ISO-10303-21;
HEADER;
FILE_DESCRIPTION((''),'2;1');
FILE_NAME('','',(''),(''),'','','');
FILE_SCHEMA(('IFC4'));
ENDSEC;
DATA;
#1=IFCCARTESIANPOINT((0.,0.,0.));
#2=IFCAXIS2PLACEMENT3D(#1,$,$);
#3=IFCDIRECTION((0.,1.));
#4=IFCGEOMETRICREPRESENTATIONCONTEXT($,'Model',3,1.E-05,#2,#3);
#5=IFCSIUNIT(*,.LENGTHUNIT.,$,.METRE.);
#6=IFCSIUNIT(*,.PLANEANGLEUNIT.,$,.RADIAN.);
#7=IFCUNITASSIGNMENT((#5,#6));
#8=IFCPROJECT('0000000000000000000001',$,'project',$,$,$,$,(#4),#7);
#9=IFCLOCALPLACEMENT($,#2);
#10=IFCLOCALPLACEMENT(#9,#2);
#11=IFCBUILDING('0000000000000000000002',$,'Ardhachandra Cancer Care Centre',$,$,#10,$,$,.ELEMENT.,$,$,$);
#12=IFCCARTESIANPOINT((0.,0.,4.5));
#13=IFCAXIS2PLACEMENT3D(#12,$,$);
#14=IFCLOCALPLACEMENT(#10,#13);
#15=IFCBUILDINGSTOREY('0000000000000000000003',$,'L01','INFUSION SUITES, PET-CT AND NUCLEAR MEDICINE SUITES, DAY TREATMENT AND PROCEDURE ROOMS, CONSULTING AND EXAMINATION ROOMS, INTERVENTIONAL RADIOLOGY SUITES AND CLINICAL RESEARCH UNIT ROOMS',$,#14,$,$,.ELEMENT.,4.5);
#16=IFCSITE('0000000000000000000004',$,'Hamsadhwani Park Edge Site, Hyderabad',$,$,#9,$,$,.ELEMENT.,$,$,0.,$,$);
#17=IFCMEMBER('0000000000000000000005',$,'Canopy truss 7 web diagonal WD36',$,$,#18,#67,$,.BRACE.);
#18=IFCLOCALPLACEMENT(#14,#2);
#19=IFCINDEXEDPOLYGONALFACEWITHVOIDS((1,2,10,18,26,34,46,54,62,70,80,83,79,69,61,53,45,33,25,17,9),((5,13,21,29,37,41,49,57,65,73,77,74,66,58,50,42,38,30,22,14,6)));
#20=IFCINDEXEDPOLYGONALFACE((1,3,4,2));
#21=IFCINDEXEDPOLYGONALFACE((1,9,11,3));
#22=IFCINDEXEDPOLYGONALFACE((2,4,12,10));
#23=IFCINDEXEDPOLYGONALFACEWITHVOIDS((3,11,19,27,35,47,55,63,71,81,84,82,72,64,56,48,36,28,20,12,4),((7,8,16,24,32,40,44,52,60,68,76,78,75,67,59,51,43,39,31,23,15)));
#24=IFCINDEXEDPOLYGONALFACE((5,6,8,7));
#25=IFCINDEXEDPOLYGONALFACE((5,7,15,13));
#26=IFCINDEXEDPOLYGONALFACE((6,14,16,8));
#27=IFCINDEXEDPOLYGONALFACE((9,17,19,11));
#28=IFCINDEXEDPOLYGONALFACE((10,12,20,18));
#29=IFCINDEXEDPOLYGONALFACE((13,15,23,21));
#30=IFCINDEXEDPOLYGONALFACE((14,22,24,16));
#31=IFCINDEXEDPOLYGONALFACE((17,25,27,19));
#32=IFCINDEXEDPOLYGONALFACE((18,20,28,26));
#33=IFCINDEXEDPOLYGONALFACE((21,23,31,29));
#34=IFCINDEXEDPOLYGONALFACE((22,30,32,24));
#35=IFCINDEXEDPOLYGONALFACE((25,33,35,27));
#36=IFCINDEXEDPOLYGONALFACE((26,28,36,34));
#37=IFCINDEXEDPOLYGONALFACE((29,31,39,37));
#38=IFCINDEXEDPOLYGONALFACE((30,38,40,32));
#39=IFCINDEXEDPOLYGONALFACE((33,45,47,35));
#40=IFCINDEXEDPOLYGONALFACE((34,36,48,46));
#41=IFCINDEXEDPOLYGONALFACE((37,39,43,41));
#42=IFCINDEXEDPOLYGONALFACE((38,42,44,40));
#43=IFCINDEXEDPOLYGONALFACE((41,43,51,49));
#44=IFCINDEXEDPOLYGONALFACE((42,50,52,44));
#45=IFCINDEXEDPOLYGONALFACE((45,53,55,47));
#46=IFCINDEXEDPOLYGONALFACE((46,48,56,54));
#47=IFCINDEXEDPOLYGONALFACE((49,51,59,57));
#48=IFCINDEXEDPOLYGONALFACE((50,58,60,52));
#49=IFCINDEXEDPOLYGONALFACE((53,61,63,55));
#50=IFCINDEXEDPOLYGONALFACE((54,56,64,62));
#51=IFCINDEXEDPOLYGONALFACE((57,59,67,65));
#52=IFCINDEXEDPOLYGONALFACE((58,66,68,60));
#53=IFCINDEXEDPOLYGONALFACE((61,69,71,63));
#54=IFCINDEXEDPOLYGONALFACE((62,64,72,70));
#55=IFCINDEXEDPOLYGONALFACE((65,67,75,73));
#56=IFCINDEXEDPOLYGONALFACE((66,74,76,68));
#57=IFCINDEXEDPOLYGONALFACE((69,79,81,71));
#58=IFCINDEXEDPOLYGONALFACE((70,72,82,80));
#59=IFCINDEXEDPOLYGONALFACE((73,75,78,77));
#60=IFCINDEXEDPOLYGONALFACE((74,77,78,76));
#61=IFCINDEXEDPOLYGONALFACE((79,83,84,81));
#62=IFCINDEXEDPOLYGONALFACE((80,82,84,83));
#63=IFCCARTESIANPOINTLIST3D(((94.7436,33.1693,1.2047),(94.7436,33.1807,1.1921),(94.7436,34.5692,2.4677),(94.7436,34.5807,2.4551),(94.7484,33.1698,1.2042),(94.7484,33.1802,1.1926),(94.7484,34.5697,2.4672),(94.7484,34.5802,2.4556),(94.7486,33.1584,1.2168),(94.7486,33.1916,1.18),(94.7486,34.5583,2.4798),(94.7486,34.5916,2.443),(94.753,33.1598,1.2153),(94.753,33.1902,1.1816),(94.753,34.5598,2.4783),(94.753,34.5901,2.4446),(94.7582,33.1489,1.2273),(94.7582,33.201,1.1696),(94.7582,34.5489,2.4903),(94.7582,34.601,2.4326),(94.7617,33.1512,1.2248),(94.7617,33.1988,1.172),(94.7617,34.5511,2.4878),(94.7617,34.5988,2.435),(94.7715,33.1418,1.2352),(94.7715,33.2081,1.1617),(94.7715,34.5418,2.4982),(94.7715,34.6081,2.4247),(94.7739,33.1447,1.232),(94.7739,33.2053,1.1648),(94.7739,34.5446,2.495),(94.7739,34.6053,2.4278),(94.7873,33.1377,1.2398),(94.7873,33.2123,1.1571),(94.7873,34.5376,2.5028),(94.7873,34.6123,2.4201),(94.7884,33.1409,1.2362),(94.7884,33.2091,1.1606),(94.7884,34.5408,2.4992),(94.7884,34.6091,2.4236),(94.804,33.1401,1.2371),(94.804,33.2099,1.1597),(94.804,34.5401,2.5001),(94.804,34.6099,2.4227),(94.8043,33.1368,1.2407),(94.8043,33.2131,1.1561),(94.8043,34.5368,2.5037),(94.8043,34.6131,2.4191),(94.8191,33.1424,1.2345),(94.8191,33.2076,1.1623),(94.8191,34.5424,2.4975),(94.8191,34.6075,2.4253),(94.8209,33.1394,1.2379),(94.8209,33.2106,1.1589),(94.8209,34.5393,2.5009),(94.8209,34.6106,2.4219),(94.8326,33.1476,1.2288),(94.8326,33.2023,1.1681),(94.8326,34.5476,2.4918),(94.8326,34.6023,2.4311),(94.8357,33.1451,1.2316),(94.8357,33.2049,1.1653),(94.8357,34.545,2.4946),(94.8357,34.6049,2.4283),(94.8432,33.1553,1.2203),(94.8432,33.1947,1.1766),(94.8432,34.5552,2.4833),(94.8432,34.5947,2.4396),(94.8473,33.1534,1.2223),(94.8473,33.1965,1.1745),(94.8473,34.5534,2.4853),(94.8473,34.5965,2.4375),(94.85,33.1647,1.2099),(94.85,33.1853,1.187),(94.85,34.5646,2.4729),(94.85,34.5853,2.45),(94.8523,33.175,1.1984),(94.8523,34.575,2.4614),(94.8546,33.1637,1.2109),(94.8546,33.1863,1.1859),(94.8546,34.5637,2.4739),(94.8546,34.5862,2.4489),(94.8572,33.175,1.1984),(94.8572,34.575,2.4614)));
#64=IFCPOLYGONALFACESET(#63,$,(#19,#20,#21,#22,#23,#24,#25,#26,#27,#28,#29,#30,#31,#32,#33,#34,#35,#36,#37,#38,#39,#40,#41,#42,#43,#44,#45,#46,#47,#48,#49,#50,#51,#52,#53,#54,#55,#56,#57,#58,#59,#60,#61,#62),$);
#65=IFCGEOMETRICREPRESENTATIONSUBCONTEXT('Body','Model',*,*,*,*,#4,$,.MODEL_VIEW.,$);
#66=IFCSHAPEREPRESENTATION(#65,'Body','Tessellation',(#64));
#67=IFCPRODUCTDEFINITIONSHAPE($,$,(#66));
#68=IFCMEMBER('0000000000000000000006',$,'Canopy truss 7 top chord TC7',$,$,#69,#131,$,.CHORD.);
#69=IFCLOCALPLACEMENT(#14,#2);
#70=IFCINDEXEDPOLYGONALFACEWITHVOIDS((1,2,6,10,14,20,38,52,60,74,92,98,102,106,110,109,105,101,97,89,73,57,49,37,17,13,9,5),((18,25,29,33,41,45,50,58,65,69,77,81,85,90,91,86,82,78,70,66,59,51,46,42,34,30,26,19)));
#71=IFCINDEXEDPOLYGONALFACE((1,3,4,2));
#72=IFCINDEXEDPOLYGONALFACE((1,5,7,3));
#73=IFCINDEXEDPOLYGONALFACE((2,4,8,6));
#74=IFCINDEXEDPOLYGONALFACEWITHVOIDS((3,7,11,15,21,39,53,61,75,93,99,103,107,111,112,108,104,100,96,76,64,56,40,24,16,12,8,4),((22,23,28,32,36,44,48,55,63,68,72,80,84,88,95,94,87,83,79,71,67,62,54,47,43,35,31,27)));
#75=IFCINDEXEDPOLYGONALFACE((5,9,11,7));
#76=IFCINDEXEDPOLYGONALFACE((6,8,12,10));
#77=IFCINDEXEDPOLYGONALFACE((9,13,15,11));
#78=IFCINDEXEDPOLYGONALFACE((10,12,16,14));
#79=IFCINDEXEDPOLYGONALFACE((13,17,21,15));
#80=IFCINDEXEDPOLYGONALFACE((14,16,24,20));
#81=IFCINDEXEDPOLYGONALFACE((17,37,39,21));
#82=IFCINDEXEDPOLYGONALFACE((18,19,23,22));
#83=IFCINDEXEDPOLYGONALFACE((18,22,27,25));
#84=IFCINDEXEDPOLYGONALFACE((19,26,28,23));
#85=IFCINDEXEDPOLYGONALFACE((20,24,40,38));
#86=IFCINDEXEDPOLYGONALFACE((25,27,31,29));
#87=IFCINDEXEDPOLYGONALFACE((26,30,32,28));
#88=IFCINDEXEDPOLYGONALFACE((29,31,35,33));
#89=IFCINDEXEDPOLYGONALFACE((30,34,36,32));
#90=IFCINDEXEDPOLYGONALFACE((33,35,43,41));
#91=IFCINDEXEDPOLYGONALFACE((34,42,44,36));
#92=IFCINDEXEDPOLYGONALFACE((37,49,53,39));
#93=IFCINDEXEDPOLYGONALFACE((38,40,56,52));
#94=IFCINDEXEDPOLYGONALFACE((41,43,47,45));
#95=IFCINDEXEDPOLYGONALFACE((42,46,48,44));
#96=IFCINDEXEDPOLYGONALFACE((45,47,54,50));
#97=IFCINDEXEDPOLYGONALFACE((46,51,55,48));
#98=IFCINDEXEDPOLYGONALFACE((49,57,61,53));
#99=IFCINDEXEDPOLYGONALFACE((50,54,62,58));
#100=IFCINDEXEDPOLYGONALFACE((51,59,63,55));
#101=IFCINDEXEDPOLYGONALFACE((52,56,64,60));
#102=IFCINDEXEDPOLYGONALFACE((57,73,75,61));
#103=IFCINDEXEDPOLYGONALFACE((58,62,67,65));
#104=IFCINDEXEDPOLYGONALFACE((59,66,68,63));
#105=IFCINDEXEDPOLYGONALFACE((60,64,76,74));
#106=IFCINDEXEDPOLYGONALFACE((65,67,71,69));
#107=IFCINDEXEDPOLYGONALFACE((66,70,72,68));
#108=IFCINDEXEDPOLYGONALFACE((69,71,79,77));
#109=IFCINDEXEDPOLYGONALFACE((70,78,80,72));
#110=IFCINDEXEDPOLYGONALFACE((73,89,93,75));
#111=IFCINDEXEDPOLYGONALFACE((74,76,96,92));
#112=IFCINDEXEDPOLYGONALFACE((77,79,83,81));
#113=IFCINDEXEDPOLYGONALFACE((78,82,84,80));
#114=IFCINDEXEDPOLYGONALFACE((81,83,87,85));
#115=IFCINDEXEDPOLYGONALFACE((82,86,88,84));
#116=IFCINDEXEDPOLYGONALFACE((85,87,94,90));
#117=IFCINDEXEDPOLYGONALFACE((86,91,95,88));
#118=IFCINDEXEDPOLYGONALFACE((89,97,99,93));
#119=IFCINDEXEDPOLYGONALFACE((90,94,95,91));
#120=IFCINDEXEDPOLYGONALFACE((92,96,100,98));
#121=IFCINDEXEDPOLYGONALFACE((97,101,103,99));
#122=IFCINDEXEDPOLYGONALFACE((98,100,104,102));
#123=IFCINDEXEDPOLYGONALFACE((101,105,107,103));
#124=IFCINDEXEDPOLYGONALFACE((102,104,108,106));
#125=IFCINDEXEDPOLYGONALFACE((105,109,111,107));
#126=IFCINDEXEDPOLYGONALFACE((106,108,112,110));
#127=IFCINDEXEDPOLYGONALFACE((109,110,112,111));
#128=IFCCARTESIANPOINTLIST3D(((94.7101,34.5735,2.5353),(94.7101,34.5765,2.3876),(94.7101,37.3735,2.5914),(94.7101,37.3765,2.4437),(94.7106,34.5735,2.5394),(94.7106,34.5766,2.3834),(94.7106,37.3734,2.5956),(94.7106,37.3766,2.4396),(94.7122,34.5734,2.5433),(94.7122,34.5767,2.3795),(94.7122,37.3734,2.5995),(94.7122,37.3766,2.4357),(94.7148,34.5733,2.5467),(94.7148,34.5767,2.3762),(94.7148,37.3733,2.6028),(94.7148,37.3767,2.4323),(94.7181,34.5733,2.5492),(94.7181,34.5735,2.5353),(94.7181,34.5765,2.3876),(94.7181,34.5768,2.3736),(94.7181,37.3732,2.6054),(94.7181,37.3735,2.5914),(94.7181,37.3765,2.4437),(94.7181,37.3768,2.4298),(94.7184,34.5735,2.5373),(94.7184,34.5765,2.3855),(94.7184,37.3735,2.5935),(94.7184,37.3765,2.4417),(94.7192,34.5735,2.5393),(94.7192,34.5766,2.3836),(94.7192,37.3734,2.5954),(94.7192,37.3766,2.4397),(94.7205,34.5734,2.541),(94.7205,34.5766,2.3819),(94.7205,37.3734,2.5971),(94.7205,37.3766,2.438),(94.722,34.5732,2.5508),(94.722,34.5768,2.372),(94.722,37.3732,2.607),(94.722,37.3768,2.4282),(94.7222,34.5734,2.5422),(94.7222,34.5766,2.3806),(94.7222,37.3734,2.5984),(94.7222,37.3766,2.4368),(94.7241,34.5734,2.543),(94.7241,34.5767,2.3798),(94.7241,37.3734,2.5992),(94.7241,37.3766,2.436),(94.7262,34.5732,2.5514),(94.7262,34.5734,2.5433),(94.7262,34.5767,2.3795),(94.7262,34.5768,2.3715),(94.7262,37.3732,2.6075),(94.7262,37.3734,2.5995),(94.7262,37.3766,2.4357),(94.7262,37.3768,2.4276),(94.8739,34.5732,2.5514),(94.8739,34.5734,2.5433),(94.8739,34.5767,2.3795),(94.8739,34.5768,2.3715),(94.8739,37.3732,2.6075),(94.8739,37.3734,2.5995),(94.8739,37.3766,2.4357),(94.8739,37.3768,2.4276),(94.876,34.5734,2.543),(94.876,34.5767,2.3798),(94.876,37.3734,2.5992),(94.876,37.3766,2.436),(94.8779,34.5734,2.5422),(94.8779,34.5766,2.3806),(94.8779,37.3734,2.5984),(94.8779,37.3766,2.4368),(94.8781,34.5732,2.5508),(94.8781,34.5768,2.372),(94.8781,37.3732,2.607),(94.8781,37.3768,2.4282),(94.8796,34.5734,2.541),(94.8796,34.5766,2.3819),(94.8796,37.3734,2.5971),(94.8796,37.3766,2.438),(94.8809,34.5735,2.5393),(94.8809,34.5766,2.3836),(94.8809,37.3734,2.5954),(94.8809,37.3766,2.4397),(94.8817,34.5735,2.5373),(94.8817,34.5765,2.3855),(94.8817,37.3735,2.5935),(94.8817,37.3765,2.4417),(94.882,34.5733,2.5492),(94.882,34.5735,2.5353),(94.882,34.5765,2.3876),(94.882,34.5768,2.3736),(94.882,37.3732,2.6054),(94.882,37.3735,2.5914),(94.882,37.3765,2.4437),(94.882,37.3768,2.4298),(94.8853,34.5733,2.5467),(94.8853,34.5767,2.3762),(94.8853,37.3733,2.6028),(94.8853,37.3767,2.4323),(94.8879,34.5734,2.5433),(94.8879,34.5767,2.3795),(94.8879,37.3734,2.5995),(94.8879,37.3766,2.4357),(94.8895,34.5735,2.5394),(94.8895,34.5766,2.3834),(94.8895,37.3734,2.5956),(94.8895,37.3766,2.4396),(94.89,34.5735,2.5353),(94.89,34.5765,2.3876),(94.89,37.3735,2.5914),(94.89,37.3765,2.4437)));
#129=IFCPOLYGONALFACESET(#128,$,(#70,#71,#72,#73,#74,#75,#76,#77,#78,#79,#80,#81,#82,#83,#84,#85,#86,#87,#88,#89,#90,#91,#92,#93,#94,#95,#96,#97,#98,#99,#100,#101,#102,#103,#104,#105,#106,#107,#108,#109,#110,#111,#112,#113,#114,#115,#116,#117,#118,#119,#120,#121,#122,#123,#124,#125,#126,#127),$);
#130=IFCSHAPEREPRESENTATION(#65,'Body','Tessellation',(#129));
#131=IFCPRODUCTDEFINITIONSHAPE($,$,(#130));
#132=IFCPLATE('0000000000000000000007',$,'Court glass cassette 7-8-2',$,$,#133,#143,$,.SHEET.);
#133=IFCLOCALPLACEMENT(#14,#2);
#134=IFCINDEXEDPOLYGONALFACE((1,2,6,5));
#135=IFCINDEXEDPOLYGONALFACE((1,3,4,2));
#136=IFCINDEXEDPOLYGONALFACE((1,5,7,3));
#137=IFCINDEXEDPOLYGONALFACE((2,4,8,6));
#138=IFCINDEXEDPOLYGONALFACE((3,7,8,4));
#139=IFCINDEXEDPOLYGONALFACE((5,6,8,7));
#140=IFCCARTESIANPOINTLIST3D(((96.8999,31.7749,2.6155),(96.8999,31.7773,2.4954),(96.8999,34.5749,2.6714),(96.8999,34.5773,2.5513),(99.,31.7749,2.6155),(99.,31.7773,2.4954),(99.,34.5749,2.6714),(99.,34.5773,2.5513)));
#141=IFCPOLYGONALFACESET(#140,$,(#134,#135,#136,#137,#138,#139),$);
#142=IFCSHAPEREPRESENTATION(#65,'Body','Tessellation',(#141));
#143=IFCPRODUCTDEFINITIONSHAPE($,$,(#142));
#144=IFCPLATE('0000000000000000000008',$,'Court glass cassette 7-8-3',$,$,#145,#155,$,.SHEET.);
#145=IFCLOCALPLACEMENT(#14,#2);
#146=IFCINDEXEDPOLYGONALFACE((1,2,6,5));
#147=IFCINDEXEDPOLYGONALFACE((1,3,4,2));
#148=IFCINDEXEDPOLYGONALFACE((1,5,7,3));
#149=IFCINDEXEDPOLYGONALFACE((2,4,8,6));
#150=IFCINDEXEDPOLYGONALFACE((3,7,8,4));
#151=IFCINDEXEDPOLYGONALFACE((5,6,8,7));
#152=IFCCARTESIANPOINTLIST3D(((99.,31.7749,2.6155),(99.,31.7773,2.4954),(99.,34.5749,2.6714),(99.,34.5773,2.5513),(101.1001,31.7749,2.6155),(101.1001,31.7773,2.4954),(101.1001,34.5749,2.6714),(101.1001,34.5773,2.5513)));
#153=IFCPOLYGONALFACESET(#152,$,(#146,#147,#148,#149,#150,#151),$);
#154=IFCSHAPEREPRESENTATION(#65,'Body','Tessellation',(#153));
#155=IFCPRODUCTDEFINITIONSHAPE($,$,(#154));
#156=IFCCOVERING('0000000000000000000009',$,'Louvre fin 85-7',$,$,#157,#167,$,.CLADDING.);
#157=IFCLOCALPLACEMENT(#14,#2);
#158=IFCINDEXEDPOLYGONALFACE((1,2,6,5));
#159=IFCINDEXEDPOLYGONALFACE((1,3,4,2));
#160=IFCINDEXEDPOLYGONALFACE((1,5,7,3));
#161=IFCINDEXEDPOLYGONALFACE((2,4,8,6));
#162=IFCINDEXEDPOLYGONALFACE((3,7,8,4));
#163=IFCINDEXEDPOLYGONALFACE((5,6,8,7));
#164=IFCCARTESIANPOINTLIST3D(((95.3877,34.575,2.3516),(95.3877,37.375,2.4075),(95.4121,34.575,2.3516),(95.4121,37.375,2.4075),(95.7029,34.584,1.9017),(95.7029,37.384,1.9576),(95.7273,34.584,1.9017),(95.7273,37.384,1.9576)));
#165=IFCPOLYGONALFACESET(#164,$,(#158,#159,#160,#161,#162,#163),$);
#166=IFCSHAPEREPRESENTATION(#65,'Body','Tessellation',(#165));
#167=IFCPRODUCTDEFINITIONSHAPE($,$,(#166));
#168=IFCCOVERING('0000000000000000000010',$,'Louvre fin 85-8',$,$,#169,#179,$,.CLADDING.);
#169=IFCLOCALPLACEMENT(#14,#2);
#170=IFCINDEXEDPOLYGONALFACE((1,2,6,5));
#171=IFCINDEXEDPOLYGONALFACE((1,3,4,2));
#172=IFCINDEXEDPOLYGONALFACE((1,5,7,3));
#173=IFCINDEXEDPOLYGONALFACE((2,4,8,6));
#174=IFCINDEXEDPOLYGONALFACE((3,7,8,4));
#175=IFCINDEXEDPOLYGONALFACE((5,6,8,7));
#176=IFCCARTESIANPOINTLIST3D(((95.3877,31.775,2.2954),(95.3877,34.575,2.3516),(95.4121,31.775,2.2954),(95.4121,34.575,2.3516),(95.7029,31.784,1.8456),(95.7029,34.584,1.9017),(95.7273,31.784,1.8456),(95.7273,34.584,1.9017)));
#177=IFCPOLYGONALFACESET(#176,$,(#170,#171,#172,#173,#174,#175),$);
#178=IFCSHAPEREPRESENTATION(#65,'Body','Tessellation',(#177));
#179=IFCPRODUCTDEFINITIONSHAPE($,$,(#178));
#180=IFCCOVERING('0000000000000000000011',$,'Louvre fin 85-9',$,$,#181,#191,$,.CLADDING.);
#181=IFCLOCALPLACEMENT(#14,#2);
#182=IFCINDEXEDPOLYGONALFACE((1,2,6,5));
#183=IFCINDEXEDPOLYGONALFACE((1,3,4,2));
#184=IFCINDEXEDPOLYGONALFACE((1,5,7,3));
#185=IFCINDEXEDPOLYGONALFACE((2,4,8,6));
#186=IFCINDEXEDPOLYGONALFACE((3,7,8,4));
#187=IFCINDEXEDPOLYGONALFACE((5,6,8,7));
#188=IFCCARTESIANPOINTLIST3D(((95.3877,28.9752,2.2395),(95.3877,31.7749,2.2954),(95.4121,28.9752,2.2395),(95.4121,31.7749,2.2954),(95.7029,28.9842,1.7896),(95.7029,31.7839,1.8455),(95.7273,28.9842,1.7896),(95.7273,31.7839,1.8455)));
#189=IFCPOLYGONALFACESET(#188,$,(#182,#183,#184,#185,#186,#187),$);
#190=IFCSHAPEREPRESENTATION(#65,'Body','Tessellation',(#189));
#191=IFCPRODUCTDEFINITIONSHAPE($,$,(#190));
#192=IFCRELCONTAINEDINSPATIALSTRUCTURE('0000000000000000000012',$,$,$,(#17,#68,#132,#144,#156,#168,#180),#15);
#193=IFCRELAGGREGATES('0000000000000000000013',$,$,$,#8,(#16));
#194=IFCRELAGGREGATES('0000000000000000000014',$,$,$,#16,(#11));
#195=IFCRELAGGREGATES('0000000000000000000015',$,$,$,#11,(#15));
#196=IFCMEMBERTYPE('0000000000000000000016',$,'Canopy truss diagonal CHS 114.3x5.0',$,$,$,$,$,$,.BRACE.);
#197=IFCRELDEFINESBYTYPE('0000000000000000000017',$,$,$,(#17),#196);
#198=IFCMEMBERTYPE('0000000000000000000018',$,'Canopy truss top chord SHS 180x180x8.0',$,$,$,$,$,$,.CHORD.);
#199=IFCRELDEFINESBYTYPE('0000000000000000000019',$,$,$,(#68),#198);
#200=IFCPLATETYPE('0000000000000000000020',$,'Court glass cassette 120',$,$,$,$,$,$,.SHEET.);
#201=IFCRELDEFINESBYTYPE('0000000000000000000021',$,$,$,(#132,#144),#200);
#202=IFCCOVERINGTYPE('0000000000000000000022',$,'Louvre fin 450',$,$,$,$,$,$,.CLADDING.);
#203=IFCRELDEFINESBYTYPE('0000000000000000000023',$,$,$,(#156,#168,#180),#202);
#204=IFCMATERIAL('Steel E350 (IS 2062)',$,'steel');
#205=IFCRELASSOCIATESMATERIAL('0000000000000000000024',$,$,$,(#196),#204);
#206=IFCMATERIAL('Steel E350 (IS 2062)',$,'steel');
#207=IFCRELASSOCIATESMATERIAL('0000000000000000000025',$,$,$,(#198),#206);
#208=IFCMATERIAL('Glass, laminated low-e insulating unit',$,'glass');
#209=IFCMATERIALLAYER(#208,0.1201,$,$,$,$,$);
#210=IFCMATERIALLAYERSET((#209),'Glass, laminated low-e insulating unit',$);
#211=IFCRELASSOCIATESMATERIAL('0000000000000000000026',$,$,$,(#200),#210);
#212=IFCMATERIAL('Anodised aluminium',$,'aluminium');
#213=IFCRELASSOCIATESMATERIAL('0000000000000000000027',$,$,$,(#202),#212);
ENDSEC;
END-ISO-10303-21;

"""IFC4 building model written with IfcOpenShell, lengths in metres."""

from ifc_helpers import new_model, si_unit, direction, frame, origin, origin_2d, place, context, subcontext, project, spatial, polyline, hollow_rectangle, hollow_circle, outline, extrude, material, layer, layer_set, material_profile, profile_set, type_object, element, save


model = new_model("IFC4")

# Units and contexts
model_context = context("Model", 3, precision=1e-05, world=origin(), true_north=direction((0.0, 1.0)))
body_context = subcontext(model_context, "Body", "Model", "MODEL_VIEW")
ifc_project = project(units=[si_unit("LENGTHUNIT", "METRE"), si_unit("PLANEANGLEUNIT", "RADIAN")], contexts=[model_context])

# Site, building, storey
site_placement = place(None, origin())
site = spatial("IfcSite", under=ifc_project, at=site_placement, Name="Hamsadhwani Park Edge Site, Hyderabad", CompositionType="ELEMENT", RefElevation=0.0)
building_placement = place(site_placement, origin())
building = spatial("IfcBuilding", under=site, at=building_placement, Name="Ardhachandra Cancer Care Centre", CompositionType="ELEMENT")
storey_placement = place(building_placement, frame((0.0, 0.0, 4.5)))
storey = spatial("IfcBuildingStorey", under=building, at=storey_placement, Name="L01", Description="INFUSION SUITES, PET-CT AND NUCLEAR MEDICINE SUITES, DAY TREATMENT AND PROCEDURE ROOMS, CONSULTING AND EXAMINATION ROOMS, INTERVENTIONAL RADIOLOGY SUITES AND CLINICAL RESEARCH UNIT ROOMS", CompositionType="ELEMENT", Elevation=4.5)

# Members
ifc_material_1 = material(Name="Steel E350 (IS 2062)", Category="steel")
ifc_material_profile_1 = material_profile(ifc_material_1, hollow_circle(Radius=0.0571, WallThickness=0.0049, at=origin_2d()), Name="CHS 114.3x5.0")
ifc_profile_set_1 = profile_set([ifc_material_profile_1], Name="Steel E350 (IS 2062)")
member_type_1 = type_object("IfcMemberType", Name="Canopy truss diagonal CHS 114.3x5.0", PredefinedType="BRACE", material=ifc_profile_set_1)
member_1_placement = place(storey_placement, frame((94.8, 34.575, 2.4614), z_axis=(0.0, -0.742495, -0.669851), x_axis=(1.0, 0.0, 0.0)))
element("IfcMember", 1, at=member_1_placement, inside=storey, type_object=member_type_1, Name="Canopy truss 7 web diagonal WD36", PredefinedType="BRACE", context=body_context, shape_type="SweptSolid", body=[
    extrude(hollow_circle(Radius=0.0571, WallThickness=0.0049, at=origin_2d()), origin(), (0.0, 0.0, 1.0), 1.8855),
])
ifc_material_2 = material(Name="Steel E350 (IS 2062)", Category="steel")
ifc_material_profile_2 = material_profile(ifc_material_2, hollow_rectangle(XDim=0.1799, YDim=0.1799, WallThickness=0.0081, InnerFilletRadius=0.0081, OuterFilletRadius=0.0161, at=origin_2d()), Name="SHS 180x180x8.0")
ifc_profile_set_2 = profile_set([ifc_material_profile_2], Name="Steel E350 (IS 2062)")
member_type_2 = type_object("IfcMemberType", Name="Canopy truss top chord SHS 180x180x8.0", PredefinedType="CHORD", material=ifc_profile_set_2)
member_2_placement = place(storey_placement, frame((94.8, 37.375, 2.5176), z_axis=(0.0, -0.999799, -0.02005), x_axis=(1.0, 0.0, 0.0)))
element("IfcMember", 2, at=member_2_placement, inside=storey, type_object=member_type_2, Name="Canopy truss 7 top chord TC7", PredefinedType="CHORD", context=body_context, shape_type="SweptSolid", body=[
    extrude(hollow_rectangle(XDim=0.1799, YDim=0.1799, WallThickness=0.0081, InnerFilletRadius=0.0081, OuterFilletRadius=0.0161, at=origin_2d()), origin(), (0.0, 0.0, 1.0), 2.8005),
])

# Plates
ifc_material_3 = material(Name="Glass, laminated low-e insulating unit", Category="glass")
ifc_layer = layer(ifc_material_3, 0.1201)
ifc_layer_set = layer_set([ifc_layer], Name="Glass, laminated low-e insulating unit")
plate_type = type_object("IfcPlateType", Name="Court glass cassette 120", PredefinedType="SHEET", material=ifc_layer_set)
for number, where, z_axis, x_axis, name in (
    (3, (96.8999, 31.7749, 2.6155), (0.0, -0.019963, 0.999801), (0.0, 0.999801, 0.019963), "Court glass cassette 7-8-2"),
    (4, (99.0, 31.7749, 2.6155), (0.0, -0.019963, 0.999801), (0.0, 0.999801, 0.019963), "Court glass cassette 7-8-3"),
):
    element("IfcPlate", number, at=place(storey_placement, frame(where, z_axis=z_axis, x_axis=x_axis)), inside=storey, type_object=plate_type, Name=name, PredefinedType="SHEET", context=body_context, shape_type="SweptSolid", body=[
        extrude(outline(polyline([(0.0, -2.1001), (2.8005, -2.1001), (2.8005, 0.0), (0.0, 0.0), (0.0, -2.1001)])), frame((0.0, 0.0, -0.1201)), (0.0, 0.0, 1.0), 0.1201),
    ])

# Coverings
ifc_material_4 = material(Name="Anodised aluminium", Category="aluminium")
ifc_material_profile_3 = material_profile(ifc_material_4, outline(polyline([(-0.0122, 0.0), (0.0122, 0.0), (0.3274, -0.45), (0.303, -0.45), (-0.0122, 0.0)])), Name="Louvre fin 450")
ifc_profile_set_3 = profile_set([ifc_material_profile_3], Name="Anodised aluminium")
covering_type = type_object("IfcCoveringType", Name="Louvre fin 450", PredefinedType="CLADDING", material=ifc_profile_set_3)
for number, where, z_axis, x_axis, name in (
    (5, (95.3999, 37.375, 2.4075), (0.0, -0.999801, -0.019963), (1.0, 0.0, 0.0), "Louvre fin 85-7"),
    (6, (95.3999, 34.575, 2.3516), (0.0, -0.999799, -0.02005), (1.0, 0.0, 0.0), "Louvre fin 85-8"),
):
    element("IfcCovering", number, at=place(storey_placement, frame(where, z_axis=z_axis, x_axis=x_axis)), inside=storey, type_object=covering_type, Name=name, PredefinedType="CLADDING", context=body_context, shape_type="SweptSolid", body=[
        extrude(outline(polyline([(-0.0122, 0.0), (0.0122, 0.0), (0.3274, -0.45), (0.303, -0.45), (-0.0122, 0.0)])), origin(), (0.0, 0.0, 1.0), 2.8005),
    ])
covering_1_placement = place(storey_placement, frame((95.3999, 31.7749, 2.2954), z_axis=(0.0, -0.999801, -0.019965), x_axis=(1.0, 0.0, 0.0)))
element("IfcCovering", 7, at=covering_1_placement, inside=storey, type_object=covering_type, Name="Louvre fin 85-9", PredefinedType="CLADDING", context=body_context, shape_type="SweptSolid", body=[
    extrude(outline(polyline([(-0.0122, 0.0), (0.0122, 0.0), (0.3274, -0.45), (0.303, -0.45), (-0.0122, 0.0)])), origin(), (0.0, 0.0, 1.0), 2.8003),
])

save(model, "model.ifc")
